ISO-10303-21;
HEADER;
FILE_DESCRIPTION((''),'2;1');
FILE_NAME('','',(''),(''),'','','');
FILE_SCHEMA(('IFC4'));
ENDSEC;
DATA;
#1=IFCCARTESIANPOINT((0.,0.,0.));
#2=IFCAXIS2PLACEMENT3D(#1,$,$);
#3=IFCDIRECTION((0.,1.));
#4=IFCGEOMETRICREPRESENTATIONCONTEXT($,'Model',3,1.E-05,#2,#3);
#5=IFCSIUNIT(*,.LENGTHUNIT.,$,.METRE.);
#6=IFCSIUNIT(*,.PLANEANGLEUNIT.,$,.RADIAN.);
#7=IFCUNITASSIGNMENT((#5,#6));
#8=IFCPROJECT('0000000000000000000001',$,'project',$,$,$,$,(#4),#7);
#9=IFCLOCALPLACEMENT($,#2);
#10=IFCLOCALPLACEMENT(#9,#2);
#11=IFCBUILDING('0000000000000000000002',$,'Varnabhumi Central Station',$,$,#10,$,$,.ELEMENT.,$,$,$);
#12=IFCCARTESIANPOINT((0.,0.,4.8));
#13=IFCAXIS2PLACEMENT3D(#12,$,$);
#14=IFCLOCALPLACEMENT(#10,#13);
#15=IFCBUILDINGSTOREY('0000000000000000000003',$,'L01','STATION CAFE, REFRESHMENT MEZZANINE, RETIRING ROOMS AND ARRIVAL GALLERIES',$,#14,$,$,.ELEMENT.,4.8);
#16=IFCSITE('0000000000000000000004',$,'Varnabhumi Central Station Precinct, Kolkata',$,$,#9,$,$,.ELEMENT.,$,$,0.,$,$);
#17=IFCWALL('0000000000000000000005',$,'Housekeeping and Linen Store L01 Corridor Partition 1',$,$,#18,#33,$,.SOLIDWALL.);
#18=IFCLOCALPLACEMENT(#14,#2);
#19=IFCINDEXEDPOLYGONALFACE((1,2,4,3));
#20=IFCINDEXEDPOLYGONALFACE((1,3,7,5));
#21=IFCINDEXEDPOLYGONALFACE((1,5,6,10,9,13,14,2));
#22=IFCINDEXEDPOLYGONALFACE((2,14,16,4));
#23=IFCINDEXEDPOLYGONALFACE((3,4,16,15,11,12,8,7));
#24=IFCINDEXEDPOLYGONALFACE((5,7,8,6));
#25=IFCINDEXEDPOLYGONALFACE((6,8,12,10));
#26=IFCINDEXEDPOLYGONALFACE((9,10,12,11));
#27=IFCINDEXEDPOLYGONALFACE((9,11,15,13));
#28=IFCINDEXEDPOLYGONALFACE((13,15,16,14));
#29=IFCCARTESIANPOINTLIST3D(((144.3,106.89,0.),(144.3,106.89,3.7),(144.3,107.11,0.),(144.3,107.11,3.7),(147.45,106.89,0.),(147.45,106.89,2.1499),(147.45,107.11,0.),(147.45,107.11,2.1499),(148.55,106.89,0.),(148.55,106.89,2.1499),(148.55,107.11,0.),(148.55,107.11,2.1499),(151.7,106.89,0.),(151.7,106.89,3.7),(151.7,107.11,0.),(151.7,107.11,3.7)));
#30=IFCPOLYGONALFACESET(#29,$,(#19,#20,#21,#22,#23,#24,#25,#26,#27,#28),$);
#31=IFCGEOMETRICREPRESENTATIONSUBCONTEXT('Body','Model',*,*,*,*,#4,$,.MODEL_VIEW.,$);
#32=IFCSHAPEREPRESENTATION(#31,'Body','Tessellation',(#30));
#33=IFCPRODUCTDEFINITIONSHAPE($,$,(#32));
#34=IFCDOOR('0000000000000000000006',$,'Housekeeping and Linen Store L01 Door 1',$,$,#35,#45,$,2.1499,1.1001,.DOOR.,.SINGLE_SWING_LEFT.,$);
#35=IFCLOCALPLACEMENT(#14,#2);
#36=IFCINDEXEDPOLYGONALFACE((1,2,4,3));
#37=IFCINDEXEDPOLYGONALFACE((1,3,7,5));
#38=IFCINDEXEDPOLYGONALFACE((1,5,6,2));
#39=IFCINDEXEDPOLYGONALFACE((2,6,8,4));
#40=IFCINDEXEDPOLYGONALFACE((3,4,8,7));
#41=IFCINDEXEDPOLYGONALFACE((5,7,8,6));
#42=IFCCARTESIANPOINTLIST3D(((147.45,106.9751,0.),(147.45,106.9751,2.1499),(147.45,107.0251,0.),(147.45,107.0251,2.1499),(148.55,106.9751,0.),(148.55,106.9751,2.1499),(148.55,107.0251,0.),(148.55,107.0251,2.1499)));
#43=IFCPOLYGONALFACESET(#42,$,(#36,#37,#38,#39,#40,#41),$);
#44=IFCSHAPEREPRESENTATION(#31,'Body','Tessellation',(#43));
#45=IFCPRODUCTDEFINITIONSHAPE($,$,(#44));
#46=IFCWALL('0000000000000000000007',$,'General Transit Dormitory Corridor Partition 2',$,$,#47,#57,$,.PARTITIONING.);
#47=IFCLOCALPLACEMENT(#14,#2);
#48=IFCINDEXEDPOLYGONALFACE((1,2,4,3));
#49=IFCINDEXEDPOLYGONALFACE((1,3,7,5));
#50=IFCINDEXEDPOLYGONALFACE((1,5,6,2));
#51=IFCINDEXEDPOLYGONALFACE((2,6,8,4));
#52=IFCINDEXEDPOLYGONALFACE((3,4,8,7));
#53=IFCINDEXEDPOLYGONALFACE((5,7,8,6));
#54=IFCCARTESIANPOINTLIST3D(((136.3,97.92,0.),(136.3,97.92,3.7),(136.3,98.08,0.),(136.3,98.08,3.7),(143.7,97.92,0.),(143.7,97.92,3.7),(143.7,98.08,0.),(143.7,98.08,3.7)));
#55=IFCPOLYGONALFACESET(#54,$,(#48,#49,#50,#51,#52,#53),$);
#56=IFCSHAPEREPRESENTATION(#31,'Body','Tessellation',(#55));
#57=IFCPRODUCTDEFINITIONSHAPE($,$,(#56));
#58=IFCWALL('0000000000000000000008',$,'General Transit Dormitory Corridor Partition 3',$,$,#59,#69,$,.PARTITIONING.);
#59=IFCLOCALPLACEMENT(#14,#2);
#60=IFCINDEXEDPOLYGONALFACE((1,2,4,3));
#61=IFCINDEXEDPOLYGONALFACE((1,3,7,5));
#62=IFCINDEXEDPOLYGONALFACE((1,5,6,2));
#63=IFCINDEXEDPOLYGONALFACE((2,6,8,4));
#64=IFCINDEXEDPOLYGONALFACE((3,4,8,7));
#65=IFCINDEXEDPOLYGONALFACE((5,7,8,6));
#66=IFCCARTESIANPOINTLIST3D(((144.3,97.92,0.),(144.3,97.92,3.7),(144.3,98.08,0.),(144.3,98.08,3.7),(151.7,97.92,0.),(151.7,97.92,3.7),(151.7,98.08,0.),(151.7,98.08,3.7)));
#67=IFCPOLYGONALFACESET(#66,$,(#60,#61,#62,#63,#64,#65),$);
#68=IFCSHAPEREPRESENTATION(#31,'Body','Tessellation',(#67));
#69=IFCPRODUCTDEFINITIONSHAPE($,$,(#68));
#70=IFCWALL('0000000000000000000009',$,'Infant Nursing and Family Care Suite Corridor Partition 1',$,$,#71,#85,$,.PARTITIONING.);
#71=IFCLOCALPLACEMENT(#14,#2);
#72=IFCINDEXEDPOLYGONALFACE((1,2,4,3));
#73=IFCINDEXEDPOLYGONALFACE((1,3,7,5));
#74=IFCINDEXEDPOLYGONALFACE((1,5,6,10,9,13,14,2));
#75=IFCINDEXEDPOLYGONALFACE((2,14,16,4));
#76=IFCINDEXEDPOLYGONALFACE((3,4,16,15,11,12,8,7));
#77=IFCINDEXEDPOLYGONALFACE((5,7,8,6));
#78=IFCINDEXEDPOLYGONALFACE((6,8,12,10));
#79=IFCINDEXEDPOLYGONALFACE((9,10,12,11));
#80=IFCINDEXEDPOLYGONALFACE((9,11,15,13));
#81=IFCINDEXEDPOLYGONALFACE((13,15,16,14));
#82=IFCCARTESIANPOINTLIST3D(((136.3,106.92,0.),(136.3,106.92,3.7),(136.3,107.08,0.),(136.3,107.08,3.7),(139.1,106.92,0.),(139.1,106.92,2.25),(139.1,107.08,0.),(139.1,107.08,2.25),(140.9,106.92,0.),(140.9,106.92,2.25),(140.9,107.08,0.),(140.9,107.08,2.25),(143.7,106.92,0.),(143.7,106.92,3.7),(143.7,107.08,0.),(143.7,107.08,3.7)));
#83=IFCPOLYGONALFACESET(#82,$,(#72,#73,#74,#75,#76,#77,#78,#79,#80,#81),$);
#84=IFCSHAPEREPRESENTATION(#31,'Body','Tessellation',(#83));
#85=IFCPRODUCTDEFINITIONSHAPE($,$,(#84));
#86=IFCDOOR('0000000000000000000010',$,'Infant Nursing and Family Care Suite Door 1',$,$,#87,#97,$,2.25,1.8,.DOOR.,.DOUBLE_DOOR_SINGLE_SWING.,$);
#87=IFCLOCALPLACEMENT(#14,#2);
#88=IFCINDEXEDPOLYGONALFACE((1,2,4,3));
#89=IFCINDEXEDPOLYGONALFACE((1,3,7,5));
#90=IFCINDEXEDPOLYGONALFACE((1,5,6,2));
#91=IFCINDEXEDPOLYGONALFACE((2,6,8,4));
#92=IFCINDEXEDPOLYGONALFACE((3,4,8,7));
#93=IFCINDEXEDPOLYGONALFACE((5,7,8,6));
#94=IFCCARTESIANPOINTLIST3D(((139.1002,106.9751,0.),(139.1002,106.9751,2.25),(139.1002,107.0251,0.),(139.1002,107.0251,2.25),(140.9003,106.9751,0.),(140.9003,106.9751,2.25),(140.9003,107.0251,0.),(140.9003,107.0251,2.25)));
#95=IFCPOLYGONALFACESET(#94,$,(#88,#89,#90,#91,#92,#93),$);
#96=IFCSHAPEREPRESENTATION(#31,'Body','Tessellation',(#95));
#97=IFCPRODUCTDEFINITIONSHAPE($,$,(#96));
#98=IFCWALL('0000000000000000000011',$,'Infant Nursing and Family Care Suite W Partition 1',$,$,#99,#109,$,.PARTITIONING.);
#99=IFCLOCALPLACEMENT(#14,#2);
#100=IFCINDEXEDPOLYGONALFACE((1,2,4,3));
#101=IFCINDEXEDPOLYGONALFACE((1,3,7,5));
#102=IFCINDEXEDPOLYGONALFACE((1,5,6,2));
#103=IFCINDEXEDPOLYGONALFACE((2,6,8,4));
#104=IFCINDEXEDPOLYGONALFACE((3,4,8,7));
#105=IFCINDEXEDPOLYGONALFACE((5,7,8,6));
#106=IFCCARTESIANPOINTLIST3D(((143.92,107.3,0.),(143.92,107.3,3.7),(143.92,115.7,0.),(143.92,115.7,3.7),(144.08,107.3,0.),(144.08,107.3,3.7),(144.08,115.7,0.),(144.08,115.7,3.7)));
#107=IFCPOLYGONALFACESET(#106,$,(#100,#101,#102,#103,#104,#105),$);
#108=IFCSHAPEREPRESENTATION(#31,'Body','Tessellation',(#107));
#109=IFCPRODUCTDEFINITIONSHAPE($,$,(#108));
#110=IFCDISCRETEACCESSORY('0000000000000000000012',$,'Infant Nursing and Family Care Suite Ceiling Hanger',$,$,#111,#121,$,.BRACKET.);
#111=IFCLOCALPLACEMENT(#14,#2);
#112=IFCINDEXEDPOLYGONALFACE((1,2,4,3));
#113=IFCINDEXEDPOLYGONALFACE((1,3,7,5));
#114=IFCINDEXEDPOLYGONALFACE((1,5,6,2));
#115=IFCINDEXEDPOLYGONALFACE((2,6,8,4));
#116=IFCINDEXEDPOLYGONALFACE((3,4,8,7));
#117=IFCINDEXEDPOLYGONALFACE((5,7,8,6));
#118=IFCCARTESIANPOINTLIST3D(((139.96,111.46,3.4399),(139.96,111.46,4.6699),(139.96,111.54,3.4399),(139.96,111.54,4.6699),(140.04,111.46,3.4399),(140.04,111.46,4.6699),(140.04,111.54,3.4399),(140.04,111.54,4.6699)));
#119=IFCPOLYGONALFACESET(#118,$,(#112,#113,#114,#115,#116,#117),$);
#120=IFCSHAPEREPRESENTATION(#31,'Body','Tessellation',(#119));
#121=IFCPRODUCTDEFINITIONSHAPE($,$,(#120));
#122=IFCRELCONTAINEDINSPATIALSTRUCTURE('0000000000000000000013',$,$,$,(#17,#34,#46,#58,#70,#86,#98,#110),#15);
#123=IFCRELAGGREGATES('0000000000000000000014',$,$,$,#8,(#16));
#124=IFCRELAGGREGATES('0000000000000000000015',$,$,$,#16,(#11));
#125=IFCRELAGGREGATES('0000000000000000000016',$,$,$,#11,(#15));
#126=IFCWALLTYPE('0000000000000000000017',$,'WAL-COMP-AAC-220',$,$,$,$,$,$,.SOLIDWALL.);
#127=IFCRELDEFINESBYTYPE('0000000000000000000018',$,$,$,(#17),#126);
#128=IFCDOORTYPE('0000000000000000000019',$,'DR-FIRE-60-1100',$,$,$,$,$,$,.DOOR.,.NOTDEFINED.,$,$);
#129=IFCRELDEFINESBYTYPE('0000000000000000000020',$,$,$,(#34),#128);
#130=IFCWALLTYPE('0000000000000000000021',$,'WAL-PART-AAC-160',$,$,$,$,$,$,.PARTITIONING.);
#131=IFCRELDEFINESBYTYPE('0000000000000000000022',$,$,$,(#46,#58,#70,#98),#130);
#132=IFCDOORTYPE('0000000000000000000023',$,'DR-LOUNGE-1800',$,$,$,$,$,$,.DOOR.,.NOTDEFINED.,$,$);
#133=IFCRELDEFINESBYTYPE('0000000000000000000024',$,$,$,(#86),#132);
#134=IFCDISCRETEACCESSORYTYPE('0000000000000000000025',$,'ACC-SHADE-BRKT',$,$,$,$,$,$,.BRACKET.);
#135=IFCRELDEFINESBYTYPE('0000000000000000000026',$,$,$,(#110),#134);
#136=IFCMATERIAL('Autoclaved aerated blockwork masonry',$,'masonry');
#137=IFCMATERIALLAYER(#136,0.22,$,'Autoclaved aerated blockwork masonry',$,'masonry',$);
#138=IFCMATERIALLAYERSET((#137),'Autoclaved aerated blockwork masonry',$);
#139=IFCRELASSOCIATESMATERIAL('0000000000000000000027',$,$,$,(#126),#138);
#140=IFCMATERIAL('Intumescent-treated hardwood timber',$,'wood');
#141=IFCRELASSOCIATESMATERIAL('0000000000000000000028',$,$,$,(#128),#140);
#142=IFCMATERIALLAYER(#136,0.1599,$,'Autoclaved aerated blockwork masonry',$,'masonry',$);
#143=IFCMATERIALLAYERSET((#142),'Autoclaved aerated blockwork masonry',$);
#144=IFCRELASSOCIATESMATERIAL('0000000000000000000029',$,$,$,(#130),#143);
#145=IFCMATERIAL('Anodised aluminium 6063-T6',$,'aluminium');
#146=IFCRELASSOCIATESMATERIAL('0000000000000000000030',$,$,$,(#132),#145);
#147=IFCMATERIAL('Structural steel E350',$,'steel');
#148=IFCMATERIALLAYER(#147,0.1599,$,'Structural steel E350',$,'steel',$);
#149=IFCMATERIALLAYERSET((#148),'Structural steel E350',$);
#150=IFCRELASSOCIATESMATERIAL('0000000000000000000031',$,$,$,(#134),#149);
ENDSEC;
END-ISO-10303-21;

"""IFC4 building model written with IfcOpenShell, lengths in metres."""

from ifc_helpers import new_model, si_unit, direction, frame, frame_2d, origin, origin_2d, place, context, subcontext, project, spatial, rectangle, extrude, material, layer, layer_set, type_object, element, fill, save


model = new_model("IFC4")

# Units and contexts
model_context = context("Model", 3, precision=1e-05, world=origin(), true_north=direction((0.0, 1.0)))
body_context = subcontext(model_context, "Body", "Model", "MODEL_VIEW")
ifc_project = project(units=[si_unit("LENGTHUNIT", "METRE"), si_unit("PLANEANGLEUNIT", "RADIAN")], contexts=[model_context])

# Site, building, storey
site_placement = place(None, origin())
site = spatial("IfcSite", under=ifc_project, at=site_placement, Name="Varnabhumi Central Station Precinct, Kolkata", CompositionType="ELEMENT", RefElevation=0.0)
building_placement = place(site_placement, origin())
building = spatial("IfcBuilding", under=site, at=building_placement, Name="Varnabhumi Central Station", CompositionType="ELEMENT")
storey_placement = place(building_placement, frame((0.0, 0.0, 4.8)))
storey = spatial("IfcBuildingStorey", under=building, at=storey_placement, Name="L01", Description="STATION CAFE, REFRESHMENT MEZZANINE, RETIRING ROOMS AND ARRIVAL GALLERIES", CompositionType="ELEMENT", Elevation=4.8)

# Wall, opening, door
ifc_material_1 = material(Name="Autoclaved aerated blockwork masonry", Category="masonry")
ifc_layer_1 = layer(ifc_material_1, 0.22, Name="Autoclaved aerated blockwork masonry", Category="masonry")
ifc_layer_set_1 = layer_set([ifc_layer_1], Name="Autoclaved aerated blockwork masonry")
wall_type_1 = type_object("IfcWallType", Name="WAL-COMP-AAC-220", PredefinedType="SOLIDWALL", material=ifc_layer_set_1)
wall_1_placement = place(storey_placement, frame((144.3, 107.0, 0.0), z_axis=(0.0, 0.0, 1.0), x_axis=(1.0, 0.0, 0.0)))
wall_1 = element("IfcWall", 1, at=wall_1_placement, inside=storey, type_object=wall_type_1, Name="Housekeeping and Linen Store L01 Corridor Partition 1", PredefinedType="SOLIDWALL", context=body_context, shape_type="SweptSolid", body=[
    extrude(rectangle(XDim=7.3999, YDim=0.22, at=frame_2d((3.7, 0.0))), origin(), (0.0, 0.0, 1.0), 3.7),
])
opening_1_placement = place(wall_1_placement, frame((3.1499, 0.0, 0.0)))
opening_1 = element("IfcOpeningElement", 2, at=opening_1_placement, cuts=wall_1, PredefinedType="OPENING", context=body_context, shape_type="SweptSolid", body=[
    extrude(rectangle(XDim=1.1001, YDim=2.1499, at=frame_2d((0.55, 1.075))), frame((0.0, 0.1199, 0.0), z_axis=(0.0, -1.0, 0.0), x_axis=(1.0, 0.0, 0.0)), (0.0, 0.0, 1.0), 0.24),
])
ifc_material_2 = material(Name="Intumescent-treated hardwood timber", Category="wood")
door_type_1 = type_object("IfcDoorType", Name="DR-FIRE-60-1100", OperationType="NOTDEFINED", PredefinedType="DOOR", material=ifc_material_2)
door_1_placement = place(opening_1_placement, frame((1.1001, 0.0, 0.0), z_axis=(0.0, 0.0, 1.0), x_axis=(-1.0, 0.0, 0.0)))
door_1 = element("IfcDoor", 3, at=door_1_placement, inside=storey, type_object=door_type_1, Name="Housekeeping and Linen Store L01 Door 1", OperationType="SINGLE_SWING_LEFT", OverallHeight=2.1499, OverallWidth=1.1001, PredefinedType="DOOR", context=body_context, shape_type="SweptSolid", body=[
    extrude(rectangle(XDim=1.1001, YDim=2.1499, at=frame_2d((0.55, 1.075))), frame((0.0, 0.0249, 0.0), z_axis=(0.0, -1.0, 0.0), x_axis=(1.0, 0.0, 0.0)), (0.0, 0.0, 1.0), 0.05),
])
fill(opening_1, door_1)

# Walls
ifc_layer_2 = layer(ifc_material_1, 0.1599, Name="Autoclaved aerated blockwork masonry", Category="masonry")
ifc_layer_set_2 = layer_set([ifc_layer_2], Name="Autoclaved aerated blockwork masonry")
wall_type_2 = type_object("IfcWallType", Name="WAL-PART-AAC-160", PredefinedType="PARTITIONING", material=ifc_layer_set_2)
for number, where, z_axis, x_axis, name in (
    (4, (136.3, 98.0, 0.0), (0.0, 0.0, 1.0), (1.0, 0.0, 0.0), "General Transit Dormitory Corridor Partition 2"),
    (5, (144.3, 98.0, 0.0), (0.0, 0.0, 1.0), (1.0, 0.0, 0.0), "General Transit Dormitory Corridor Partition 3"),
):
    element("IfcWall", number, at=place(storey_placement, frame(where, z_axis=z_axis, x_axis=x_axis)), inside=storey, type_object=wall_type_2, Name=name, PredefinedType="PARTITIONING", context=body_context, shape_type="SweptSolid", body=[
        extrude(rectangle(XDim=7.3999, YDim=0.1599, at=frame_2d((3.7, 0.0))), origin(), (0.0, 0.0, 1.0), 3.7),
    ])

# Wall, opening, door
wall_2_placement = place(storey_placement, frame((136.3, 107.0, 0.0), z_axis=(0.0, 0.0, 1.0), x_axis=(1.0, 0.0, 0.0)))
wall_2 = element("IfcWall", 6, at=wall_2_placement, inside=storey, type_object=wall_type_2, Name="Infant Nursing and Family Care Suite Corridor Partition 1", PredefinedType="PARTITIONING", context=body_context, shape_type="SweptSolid", body=[
    extrude(rectangle(XDim=7.3999, YDim=0.1599, at=frame_2d((3.7, 0.0))), origin(), (0.0, 0.0, 1.0), 3.7),
])
opening_2_placement = place(wall_2_placement, frame((2.8, 0.0, 0.0)))
opening_2 = element("IfcOpeningElement", 7, at=opening_2_placement, cuts=wall_2, PredefinedType="OPENING", context=body_context, shape_type="SweptSolid", body=[
    extrude(rectangle(XDim=1.8, YDim=2.25, at=frame_2d((0.8999, 1.125))), frame((0.0, 0.0898, 0.0), z_axis=(0.0, -1.0, 0.0), x_axis=(1.0, 0.0, 0.0)), (0.0, 0.0, 1.0), 0.1799),
])
ifc_material_3 = material(Name="Anodised aluminium 6063-T6", Category="aluminium")
door_type_2 = type_object("IfcDoorType", Name="DR-LOUNGE-1800", OperationType="NOTDEFINED", PredefinedType="DOOR", material=ifc_material_3)
door_2_placement = place(opening_2_placement, frame((1.8, 0.0, 0.0), z_axis=(0.0, 0.0, 1.0), x_axis=(-1.0, 0.0, 0.0)))
door_2 = element("IfcDoor", 8, at=door_2_placement, inside=storey, type_object=door_type_2, Name="Infant Nursing and Family Care Suite Door 1", OperationType="DOUBLE_DOOR_SINGLE_SWING", OverallHeight=2.25, OverallWidth=1.8, PredefinedType="DOOR", context=body_context, shape_type="SweptSolid", body=[
    extrude(rectangle(XDim=1.8, YDim=2.25, at=frame_2d((0.8999, 1.125))), frame((0.0, 0.0249, 0.0), z_axis=(0.0, -1.0, 0.0), x_axis=(1.0, 0.0, 0.0)), (0.0, 0.0, 1.0), 0.05),
])
fill(opening_2, door_2)

# Wall
wall_3_placement = place(storey_placement, frame((144.0, 107.3, 0.0), z_axis=(0.0, 0.0, 1.0), x_axis=(0.0, 1.0, 0.0)))
element("IfcWall", 9, at=wall_3_placement, inside=storey, type_object=wall_type_2, Name="Infant Nursing and Family Care Suite W Partition 1", PredefinedType="PARTITIONING", context=body_context, shape_type="SweptSolid", body=[
    extrude(rectangle(XDim=8.3999, YDim=0.1599, at=frame_2d((4.2, 0.0))), origin(), (0.0, 0.0, 1.0), 3.7),
])

# Discrete accessory
ifc_material_4 = material(Name="Structural steel E350", Category="steel")
ifc_layer_3 = layer(ifc_material_4, 0.1599, Name="Structural steel E350", Category="steel")
ifc_layer_set_3 = layer_set([ifc_layer_3], Name="Structural steel E350")
discrete_accessory_type = type_object("IfcDiscreteAccessoryType", Name="ACC-SHADE-BRKT", PredefinedType="BRACKET", material=ifc_layer_set_3)
discrete_accessory_placement = place(storey_placement, frame((140.0, 111.5, 3.4399), z_axis=(0.0, 0.0, 1.0), x_axis=(1.0, 0.0, 0.0)))
element("IfcDiscreteAccessory", 10, at=discrete_accessory_placement, inside=storey, type_object=discrete_accessory_type, Name="Infant Nursing and Family Care Suite Ceiling Hanger", PredefinedType="BRACKET", context=body_context, shape_type="SweptSolid", body=[
    extrude(rectangle(XDim=0.0801, YDim=0.0801, at=origin_2d()), origin(), (0.0, 0.0, 1.0), 1.23),
])

save(model, "model.ifc")
